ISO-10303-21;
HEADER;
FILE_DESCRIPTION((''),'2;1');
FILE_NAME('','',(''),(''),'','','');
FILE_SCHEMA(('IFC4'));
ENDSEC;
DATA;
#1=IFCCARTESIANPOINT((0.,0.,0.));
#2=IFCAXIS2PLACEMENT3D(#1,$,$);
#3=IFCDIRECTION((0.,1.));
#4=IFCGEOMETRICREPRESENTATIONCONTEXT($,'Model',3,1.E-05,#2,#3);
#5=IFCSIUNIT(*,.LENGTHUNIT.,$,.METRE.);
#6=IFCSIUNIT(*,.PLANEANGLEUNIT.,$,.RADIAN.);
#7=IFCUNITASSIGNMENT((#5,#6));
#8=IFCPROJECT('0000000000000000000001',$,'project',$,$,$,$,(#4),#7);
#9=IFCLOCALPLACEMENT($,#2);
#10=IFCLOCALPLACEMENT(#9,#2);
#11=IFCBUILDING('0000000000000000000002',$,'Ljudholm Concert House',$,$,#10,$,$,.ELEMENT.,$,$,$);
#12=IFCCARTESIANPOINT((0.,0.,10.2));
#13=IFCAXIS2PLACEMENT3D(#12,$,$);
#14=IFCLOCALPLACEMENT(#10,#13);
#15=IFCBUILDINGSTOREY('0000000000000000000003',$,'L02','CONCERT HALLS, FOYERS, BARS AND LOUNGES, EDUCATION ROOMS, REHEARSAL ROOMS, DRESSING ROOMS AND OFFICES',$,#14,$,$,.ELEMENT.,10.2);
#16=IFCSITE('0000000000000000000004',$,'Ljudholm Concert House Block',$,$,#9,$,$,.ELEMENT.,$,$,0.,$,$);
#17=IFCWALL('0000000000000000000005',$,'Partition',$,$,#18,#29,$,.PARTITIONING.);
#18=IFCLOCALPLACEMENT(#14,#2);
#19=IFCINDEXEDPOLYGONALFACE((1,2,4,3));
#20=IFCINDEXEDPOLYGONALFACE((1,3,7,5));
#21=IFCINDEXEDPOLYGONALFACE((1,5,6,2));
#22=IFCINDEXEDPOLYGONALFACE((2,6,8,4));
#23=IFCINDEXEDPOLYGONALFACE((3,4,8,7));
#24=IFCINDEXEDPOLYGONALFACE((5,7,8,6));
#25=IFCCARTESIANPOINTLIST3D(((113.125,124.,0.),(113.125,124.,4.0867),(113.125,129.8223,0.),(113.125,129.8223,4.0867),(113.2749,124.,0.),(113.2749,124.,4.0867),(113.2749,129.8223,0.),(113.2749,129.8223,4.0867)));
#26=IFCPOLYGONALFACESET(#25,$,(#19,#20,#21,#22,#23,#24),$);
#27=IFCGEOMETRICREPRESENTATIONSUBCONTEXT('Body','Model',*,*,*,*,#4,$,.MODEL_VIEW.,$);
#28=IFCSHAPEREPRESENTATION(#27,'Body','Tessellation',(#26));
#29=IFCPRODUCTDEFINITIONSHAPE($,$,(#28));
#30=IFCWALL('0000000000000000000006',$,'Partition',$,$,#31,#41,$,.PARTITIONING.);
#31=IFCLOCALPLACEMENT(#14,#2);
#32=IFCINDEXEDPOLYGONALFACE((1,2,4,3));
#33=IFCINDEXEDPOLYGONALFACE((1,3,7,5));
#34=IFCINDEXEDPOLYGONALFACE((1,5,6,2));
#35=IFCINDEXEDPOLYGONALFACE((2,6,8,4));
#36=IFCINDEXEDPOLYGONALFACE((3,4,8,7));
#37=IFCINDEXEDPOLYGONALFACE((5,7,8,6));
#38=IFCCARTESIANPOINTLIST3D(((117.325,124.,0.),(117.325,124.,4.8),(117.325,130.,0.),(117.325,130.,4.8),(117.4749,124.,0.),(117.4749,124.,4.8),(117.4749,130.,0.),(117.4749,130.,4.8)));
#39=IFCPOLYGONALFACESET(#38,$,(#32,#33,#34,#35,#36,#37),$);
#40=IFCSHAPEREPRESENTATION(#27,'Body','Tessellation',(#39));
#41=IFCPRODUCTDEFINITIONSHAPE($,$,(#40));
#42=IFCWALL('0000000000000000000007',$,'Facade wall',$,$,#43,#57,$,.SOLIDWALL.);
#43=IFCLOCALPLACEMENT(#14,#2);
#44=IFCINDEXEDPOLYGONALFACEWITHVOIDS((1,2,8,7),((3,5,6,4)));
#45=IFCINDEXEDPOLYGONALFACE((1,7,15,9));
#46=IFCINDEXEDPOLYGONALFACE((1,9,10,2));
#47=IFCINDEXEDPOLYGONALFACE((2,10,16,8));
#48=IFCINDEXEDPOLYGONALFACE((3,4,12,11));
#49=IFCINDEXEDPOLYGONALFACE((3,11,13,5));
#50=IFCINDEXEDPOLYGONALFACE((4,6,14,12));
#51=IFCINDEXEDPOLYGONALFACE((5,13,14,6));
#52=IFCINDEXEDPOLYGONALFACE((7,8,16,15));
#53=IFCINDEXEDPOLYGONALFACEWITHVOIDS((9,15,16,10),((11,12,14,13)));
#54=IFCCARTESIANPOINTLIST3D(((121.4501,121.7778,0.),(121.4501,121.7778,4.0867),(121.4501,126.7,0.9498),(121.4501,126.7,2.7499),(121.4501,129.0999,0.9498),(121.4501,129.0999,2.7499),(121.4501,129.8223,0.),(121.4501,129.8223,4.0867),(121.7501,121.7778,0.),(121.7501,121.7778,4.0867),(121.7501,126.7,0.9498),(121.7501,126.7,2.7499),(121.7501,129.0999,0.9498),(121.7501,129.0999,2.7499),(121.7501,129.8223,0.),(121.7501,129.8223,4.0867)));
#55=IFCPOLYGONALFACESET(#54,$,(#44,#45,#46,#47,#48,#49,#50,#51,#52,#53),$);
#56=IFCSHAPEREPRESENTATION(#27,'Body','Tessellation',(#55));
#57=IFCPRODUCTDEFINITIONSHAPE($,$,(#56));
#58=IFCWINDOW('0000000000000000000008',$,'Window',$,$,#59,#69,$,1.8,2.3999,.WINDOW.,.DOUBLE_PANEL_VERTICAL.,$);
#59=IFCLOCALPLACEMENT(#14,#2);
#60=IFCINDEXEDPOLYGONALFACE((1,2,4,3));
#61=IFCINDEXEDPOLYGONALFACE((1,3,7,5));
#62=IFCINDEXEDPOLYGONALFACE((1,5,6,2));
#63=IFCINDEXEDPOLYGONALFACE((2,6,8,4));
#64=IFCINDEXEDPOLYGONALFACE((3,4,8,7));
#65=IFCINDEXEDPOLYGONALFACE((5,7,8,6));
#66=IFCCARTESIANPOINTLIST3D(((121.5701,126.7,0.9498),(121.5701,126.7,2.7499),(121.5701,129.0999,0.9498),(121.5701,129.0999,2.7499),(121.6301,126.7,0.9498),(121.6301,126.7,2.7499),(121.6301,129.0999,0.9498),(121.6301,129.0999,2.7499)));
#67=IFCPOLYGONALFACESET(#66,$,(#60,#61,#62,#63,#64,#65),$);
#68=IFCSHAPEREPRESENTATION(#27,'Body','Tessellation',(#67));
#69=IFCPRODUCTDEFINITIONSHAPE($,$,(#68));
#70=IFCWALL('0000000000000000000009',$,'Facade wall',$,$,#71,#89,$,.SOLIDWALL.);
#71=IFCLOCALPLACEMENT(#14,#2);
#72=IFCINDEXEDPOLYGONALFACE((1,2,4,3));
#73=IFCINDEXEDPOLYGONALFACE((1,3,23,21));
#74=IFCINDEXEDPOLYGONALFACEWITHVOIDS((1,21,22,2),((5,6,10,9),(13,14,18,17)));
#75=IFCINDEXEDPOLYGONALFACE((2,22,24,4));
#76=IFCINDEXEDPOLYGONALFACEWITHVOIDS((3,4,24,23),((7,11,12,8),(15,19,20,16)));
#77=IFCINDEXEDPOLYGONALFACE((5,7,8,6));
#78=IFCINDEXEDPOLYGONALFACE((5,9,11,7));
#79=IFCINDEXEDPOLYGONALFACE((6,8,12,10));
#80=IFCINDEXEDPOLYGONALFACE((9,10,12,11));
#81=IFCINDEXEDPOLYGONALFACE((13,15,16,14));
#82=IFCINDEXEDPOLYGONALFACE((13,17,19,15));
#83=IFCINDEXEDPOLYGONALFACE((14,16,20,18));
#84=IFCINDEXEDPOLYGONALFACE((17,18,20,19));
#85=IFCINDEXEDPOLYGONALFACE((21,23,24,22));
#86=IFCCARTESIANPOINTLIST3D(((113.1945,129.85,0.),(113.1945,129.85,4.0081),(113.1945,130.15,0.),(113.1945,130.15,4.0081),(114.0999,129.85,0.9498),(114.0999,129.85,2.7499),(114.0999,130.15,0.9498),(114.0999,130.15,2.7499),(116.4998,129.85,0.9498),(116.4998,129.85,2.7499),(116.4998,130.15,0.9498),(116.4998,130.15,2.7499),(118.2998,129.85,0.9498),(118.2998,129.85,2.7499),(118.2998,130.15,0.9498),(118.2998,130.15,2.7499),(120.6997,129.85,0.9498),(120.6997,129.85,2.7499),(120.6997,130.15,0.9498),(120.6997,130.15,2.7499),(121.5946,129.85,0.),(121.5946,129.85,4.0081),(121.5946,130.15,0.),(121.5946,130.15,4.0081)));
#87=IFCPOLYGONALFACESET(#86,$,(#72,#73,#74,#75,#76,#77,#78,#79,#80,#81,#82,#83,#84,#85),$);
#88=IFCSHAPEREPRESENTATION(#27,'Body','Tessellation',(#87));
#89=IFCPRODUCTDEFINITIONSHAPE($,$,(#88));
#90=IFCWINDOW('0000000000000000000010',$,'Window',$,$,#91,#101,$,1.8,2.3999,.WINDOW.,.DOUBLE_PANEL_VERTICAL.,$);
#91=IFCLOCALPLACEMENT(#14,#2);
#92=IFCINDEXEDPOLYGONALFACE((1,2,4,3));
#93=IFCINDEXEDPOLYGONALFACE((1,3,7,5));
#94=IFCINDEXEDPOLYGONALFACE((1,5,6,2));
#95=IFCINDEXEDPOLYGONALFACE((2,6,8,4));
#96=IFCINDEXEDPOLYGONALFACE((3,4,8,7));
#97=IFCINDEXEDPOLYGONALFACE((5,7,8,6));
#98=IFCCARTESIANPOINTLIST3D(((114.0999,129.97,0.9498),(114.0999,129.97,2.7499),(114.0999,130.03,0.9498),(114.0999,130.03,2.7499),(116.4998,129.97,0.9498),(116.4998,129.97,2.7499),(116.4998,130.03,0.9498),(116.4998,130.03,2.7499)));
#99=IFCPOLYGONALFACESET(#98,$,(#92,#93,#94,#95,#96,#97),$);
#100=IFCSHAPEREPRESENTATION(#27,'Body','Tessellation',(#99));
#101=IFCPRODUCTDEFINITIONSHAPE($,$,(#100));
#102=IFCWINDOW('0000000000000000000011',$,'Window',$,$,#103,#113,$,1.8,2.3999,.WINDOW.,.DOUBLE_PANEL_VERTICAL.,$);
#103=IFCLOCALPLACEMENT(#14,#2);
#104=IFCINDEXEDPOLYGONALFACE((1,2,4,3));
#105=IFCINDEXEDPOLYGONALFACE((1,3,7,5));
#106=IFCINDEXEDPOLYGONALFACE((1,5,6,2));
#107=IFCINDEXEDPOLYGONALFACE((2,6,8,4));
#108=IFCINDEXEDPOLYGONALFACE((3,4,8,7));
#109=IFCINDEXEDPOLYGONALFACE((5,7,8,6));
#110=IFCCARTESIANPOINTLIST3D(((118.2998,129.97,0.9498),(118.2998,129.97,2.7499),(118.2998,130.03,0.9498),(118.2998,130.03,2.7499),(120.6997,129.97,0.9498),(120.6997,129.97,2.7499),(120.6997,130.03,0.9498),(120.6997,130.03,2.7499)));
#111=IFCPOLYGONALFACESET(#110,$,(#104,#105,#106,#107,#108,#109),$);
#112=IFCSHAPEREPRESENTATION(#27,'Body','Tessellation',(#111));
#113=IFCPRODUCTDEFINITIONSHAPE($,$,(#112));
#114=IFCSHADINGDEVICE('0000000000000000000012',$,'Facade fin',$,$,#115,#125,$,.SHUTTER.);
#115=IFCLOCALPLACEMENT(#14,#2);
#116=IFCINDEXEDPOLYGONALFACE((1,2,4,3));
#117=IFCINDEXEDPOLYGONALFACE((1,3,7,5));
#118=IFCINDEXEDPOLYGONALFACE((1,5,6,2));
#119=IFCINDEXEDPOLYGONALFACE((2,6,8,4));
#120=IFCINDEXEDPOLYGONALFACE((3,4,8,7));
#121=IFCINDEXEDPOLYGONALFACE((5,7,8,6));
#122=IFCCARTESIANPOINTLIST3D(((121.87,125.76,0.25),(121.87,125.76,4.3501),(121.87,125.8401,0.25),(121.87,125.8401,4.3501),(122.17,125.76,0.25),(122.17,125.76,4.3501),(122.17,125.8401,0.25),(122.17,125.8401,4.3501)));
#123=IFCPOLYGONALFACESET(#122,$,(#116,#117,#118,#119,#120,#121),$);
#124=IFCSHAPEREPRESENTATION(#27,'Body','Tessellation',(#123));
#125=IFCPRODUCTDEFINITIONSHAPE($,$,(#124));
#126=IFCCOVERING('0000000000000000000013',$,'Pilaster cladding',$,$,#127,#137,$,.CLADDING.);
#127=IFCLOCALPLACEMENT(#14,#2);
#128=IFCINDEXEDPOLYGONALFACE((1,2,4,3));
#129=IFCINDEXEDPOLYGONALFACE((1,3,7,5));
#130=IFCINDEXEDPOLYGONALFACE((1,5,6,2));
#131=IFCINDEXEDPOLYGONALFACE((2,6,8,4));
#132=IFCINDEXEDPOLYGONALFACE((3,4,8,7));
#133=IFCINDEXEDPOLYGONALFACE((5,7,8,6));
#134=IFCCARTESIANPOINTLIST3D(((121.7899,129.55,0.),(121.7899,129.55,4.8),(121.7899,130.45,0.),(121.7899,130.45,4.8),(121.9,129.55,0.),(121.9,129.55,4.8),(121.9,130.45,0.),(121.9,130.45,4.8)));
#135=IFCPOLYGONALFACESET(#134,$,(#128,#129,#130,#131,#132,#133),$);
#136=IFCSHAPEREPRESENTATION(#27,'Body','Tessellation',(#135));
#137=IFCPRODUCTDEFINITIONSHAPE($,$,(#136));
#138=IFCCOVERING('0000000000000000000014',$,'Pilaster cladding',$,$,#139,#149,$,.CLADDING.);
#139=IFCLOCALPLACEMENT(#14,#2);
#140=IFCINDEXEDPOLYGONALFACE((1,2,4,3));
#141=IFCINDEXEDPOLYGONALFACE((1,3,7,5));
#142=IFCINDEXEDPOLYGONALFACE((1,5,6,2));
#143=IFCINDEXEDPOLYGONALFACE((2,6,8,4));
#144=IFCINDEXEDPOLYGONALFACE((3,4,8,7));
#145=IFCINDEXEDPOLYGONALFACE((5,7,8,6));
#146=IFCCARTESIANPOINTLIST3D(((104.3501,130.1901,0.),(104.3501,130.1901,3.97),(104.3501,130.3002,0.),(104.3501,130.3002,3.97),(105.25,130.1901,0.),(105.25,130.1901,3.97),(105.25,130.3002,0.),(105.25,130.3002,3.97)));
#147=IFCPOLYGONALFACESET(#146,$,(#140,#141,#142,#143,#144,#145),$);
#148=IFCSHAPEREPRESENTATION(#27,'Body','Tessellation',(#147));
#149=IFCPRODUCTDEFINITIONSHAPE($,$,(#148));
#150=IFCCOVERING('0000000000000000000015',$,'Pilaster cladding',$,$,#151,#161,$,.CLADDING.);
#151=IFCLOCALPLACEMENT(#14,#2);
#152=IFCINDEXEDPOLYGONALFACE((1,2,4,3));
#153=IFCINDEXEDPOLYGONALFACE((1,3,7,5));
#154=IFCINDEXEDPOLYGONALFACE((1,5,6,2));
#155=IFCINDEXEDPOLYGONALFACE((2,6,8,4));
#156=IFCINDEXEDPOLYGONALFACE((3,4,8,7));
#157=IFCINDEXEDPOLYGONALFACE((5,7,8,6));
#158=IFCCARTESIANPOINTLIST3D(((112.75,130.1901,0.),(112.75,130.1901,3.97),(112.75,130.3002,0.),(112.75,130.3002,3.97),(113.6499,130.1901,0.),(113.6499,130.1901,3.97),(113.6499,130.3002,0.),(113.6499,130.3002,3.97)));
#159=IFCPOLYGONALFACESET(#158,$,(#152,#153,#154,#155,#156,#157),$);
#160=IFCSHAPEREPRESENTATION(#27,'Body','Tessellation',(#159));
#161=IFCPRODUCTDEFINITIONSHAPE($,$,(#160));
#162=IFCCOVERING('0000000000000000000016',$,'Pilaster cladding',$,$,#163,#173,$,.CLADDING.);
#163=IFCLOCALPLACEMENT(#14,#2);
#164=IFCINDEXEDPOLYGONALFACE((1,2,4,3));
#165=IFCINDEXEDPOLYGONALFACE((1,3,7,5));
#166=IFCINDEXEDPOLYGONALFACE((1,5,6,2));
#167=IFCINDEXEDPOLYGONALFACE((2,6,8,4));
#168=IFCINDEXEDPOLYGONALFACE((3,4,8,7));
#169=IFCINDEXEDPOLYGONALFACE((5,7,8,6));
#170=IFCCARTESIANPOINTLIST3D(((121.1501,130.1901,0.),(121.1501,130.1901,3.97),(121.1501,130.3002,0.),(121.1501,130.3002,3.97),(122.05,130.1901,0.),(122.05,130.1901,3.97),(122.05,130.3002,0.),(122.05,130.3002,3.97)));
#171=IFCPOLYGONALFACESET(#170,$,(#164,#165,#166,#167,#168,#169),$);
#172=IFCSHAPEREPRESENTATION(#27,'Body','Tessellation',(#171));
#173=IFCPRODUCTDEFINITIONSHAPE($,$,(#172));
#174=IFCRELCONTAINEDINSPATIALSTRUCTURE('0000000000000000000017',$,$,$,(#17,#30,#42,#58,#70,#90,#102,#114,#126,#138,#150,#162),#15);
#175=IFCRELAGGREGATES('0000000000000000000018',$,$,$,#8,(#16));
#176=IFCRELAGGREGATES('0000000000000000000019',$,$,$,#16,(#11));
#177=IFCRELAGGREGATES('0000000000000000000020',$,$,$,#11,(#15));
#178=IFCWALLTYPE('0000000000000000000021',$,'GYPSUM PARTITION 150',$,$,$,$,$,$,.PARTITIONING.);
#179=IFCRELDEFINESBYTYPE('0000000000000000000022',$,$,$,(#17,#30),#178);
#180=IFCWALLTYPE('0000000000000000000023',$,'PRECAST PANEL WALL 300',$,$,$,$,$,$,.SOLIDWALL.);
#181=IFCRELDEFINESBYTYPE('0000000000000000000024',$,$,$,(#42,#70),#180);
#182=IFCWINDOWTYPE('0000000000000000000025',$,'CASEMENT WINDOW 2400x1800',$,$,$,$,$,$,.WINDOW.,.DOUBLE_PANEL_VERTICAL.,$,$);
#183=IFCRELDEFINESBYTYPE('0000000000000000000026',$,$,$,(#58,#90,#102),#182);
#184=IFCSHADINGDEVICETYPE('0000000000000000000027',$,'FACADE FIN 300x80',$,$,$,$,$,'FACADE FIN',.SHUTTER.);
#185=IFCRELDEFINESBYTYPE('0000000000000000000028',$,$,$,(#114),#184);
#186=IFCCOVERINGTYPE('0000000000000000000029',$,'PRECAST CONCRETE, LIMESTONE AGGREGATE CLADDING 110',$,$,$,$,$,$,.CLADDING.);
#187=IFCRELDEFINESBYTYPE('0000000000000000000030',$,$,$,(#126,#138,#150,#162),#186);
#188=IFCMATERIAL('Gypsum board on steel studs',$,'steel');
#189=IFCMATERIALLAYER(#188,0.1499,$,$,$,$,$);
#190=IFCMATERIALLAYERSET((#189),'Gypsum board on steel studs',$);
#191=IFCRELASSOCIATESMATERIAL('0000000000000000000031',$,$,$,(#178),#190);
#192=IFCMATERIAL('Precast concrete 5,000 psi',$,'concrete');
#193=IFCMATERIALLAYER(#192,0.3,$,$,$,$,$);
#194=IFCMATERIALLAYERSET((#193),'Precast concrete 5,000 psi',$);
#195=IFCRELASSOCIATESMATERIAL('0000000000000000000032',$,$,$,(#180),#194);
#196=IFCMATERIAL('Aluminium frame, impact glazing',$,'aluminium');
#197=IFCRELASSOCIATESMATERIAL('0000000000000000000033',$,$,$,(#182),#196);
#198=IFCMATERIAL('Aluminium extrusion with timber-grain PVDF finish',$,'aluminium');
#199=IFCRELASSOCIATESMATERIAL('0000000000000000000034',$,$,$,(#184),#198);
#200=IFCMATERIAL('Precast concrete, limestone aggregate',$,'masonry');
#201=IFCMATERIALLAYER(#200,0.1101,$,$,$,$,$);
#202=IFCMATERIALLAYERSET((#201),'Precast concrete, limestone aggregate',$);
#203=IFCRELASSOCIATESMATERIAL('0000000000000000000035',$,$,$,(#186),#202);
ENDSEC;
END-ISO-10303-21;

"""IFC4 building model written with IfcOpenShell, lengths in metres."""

from ifc_helpers import new_model, si_unit, direction, frame, frame_2d, origin, origin_2d, place, context, subcontext, project, spatial, rectangle, extrude, material, layer, layer_set, type_object, element, fill, save


model = new_model("IFC4")

# Units and contexts
model_context = context("Model", 3, precision=1e-05, world=origin(), true_north=direction((0.0, 1.0)))
body_context = subcontext(model_context, "Body", "Model", "MODEL_VIEW")
ifc_project = project(units=[si_unit("LENGTHUNIT", "METRE"), si_unit("PLANEANGLEUNIT", "RADIAN")], contexts=[model_context])

# Site, building, storey
site_placement = place(None, origin())
site = spatial("IfcSite", under=ifc_project, at=site_placement, Name="Ljudholm Concert House Block", CompositionType="ELEMENT", RefElevation=0.0)
building_placement = place(site_placement, origin())
building = spatial("IfcBuilding", under=site, at=building_placement, Name="Ljudholm Concert House", CompositionType="ELEMENT")
storey_placement = place(building_placement, frame((0.0, 0.0, 10.2)))
storey = spatial("IfcBuildingStorey", under=building, at=storey_placement, Name="L02", Description="CONCERT HALLS, FOYERS, BARS AND LOUNGES, EDUCATION ROOMS, REHEARSAL ROOMS, DRESSING ROOMS AND OFFICES", CompositionType="ELEMENT", Elevation=10.2)

# Walls
ifc_material_1 = material(Name="Gypsum board on steel studs", Category="steel")
ifc_layer_1 = layer(ifc_material_1, 0.1499)
ifc_layer_set_1 = layer_set([ifc_layer_1], Name="Gypsum board on steel studs")
wall_type_1 = type_object("IfcWallType", Name="GYPSUM PARTITION 150", PredefinedType="PARTITIONING", material=ifc_layer_set_1)
wall_1_placement = place(storey_placement, frame((113.2, 124.0, 0.0), z_axis=(0.0, 0.0, 1.0), x_axis=(0.0, 1.0, 0.0)))
element("IfcWall", 1, at=wall_1_placement, inside=storey, type_object=wall_type_1, Name="Partition", PredefinedType="PARTITIONING", context=body_context, shape_type="SweptSolid", body=[
    extrude(rectangle(XDim=5.8223, YDim=0.1499, at=frame_2d((2.9111, 0.0))), origin(), (0.0, 0.0, 1.0), 4.0867),
])
wall_2_placement = place(storey_placement, frame((117.3999, 124.0, 0.0), z_axis=(0.0, 0.0, 1.0), x_axis=(0.0, 1.0, 0.0)))
element("IfcWall", 2, at=wall_2_placement, inside=storey, type_object=wall_type_1, Name="Partition", PredefinedType="PARTITIONING", context=body_context, shape_type="SweptSolid", body=[
    extrude(rectangle(XDim=6.0, YDim=0.1499, at=frame_2d((3.0, 0.0))), origin(), (0.0, 0.0, 1.0), 4.8),
])

# Wall, opening, window
ifc_material_2 = material(Name="Precast concrete 5,000 psi", Category="concrete")
ifc_layer_2 = layer(ifc_material_2, 0.3)
ifc_layer_set_2 = layer_set([ifc_layer_2], Name="Precast concrete 5,000 psi")
wall_type_2 = type_object("IfcWallType", Name="PRECAST PANEL WALL 300", PredefinedType="SOLIDWALL", material=ifc_layer_set_2)
wall_3_placement = place(storey_placement, frame((121.6001, 121.7778, 0.0), z_axis=(0.0, 0.0, 1.0), x_axis=(0.0, 1.0, 0.0)))
wall_3 = element("IfcWall", 3, at=wall_3_placement, inside=storey, type_object=wall_type_2, Name="Facade wall", PredefinedType="SOLIDWALL", context=body_context, shape_type="SweptSolid", body=[
    extrude(rectangle(XDim=8.0444, YDim=0.3, at=frame_2d((4.0222, 0.0))), origin(), (0.0, 0.0, 1.0), 4.0867),
])
opening_1_placement = place(wall_3_placement, frame((4.9221, 0.0, 0.95)))
opening_1 = element("IfcOpeningElement", 4, at=opening_1_placement, cuts=wall_3, PredefinedType="OPENING", context=body_context, shape_type="SweptSolid", body=[
    extrude(rectangle(XDim=2.3999, YDim=1.8, at=frame_2d((1.2, 0.8999))), frame((0.0, 0.1599, 0.0), z_axis=(0.0, -1.0, 0.0), x_axis=(1.0, 0.0, 0.0)), (0.0, 0.0, 1.0), 0.3201),
])
ifc_material_3 = material(Name="Aluminium frame, impact glazing", Category="aluminium")
window_type = type_object("IfcWindowType", Name="CASEMENT WINDOW 2400x1800", PartitioningType="DOUBLE_PANEL_VERTICAL", PredefinedType="WINDOW", material=ifc_material_3)
window_1_placement = place(opening_1_placement, origin())
window_1 = element("IfcWindow", 5, at=window_1_placement, inside=storey, type_object=window_type, Name="Window", OverallHeight=1.8, OverallWidth=2.3999, PartitioningType="DOUBLE_PANEL_VERTICAL", PredefinedType="WINDOW", context=body_context, shape_type="SweptSolid", body=[
    extrude(rectangle(XDim=2.3999, YDim=1.8, at=frame_2d((1.2, 0.8999))), frame((0.0, 0.03, 0.0), z_axis=(0.0, -1.0, 0.0), x_axis=(1.0, 0.0, 0.0)), (0.0, 0.0, 1.0), 0.0601),
])
fill(opening_1, window_1)

# Wall, openings, windows
wall_4_placement = place(storey_placement, frame((113.1943, 130.0, 0.0), z_axis=(0.0, 0.0, 1.0), x_axis=(1.0, 0.0, 0.0)))
wall_4 = element("IfcWall", 6, at=wall_4_placement, inside=storey, type_object=wall_type_2, Name="Facade wall", PredefinedType="SOLIDWALL", context=body_context, shape_type="SweptSolid", body=[
    extrude(rectangle(XDim=8.4001, YDim=0.3, at=frame_2d((4.2002, 0.0))), origin(), (0.0, 0.0, 1.0), 4.0081),
])
opening_2_placement = place(wall_4_placement, frame((0.9055, 0.0, 0.95)))
opening_2 = element("IfcOpeningElement", 7, at=opening_2_placement, cuts=wall_4, PredefinedType="OPENING", context=body_context, shape_type="SweptSolid", body=[
    extrude(rectangle(XDim=2.3999, YDim=1.8, at=frame_2d((1.2, 0.8999))), frame((0.0, 0.1599, 0.0), z_axis=(0.0, -1.0, 0.0), x_axis=(1.0, 0.0, 0.0)), (0.0, 0.0, 1.0), 0.3201),
])
opening_3_placement = place(wall_4_placement, frame((5.1055, 0.0, 0.95)))
opening_3 = element("IfcOpeningElement", 8, at=opening_3_placement, cuts=wall_4, PredefinedType="OPENING", context=body_context, shape_type="SweptSolid", body=[
    extrude(rectangle(XDim=2.3999, YDim=1.8, at=frame_2d((1.2, 0.8999))), frame((0.0, 0.1599, 0.0), z_axis=(0.0, -1.0, 0.0), x_axis=(1.0, 0.0, 0.0)), (0.0, 0.0, 1.0), 0.3201),
])
window_2_placement = place(opening_2_placement, origin())
window_2 = element("IfcWindow", 9, at=window_2_placement, inside=storey, type_object=window_type, Name="Window", OverallHeight=1.8, OverallWidth=2.3999, PartitioningType="DOUBLE_PANEL_VERTICAL", PredefinedType="WINDOW", context=body_context, shape_type="SweptSolid", body=[
    extrude(rectangle(XDim=2.3999, YDim=1.8, at=frame_2d((1.2, 0.8999))), frame((0.0, 0.03, 0.0), z_axis=(0.0, -1.0, 0.0), x_axis=(1.0, 0.0, 0.0)), (0.0, 0.0, 1.0), 0.0601),
])
fill(opening_2, window_2)
window_3_placement = place(opening_3_placement, origin())
window_3 = element("IfcWindow", 10, at=window_3_placement, inside=storey, type_object=window_type, Name="Window", OverallHeight=1.8, OverallWidth=2.3999, PartitioningType="DOUBLE_PANEL_VERTICAL", PredefinedType="WINDOW", context=body_context, shape_type="SweptSolid", body=[
    extrude(rectangle(XDim=2.3999, YDim=1.8, at=frame_2d((1.2, 0.8999))), frame((0.0, 0.03, 0.0), z_axis=(0.0, -1.0, 0.0), x_axis=(1.0, 0.0, 0.0)), (0.0, 0.0, 1.0), 0.0601),
])
fill(opening_3, window_3)

# Shading device
ifc_material_4 = material(Name="Aluminium extrusion with timber-grain PVDF finish", Category="aluminium")
shading_device_type = type_object("IfcShadingDeviceType", Name="FACADE FIN 300x80", ElementType="FACADE FIN", PredefinedType="SHUTTER", material=ifc_material_4)
shading_device_placement = place(storey_placement, frame((122.02, 125.8, 0.25), z_axis=(0.0, 0.0, 1.0), x_axis=(1.0, 0.0, 0.0)))
element("IfcShadingDevice", 11, at=shading_device_placement, inside=storey, type_object=shading_device_type, Name="Facade fin", PredefinedType="SHUTTER", context=body_context, shape_type="SweptSolid", body=[
    extrude(rectangle(XDim=0.3, YDim=0.0801, at=origin_2d()), origin(), (0.0, 0.0, 1.0), 4.1001),
])

# Coverings
ifc_material_5 = material(Name="Precast concrete, limestone aggregate", Category="masonry")
ifc_layer_3 = layer(ifc_material_5, 0.1101)
ifc_layer_set_3 = layer_set([ifc_layer_3], Name="Precast concrete, limestone aggregate")
covering_type = type_object("IfcCoveringType", Name="PRECAST CONCRETE, LIMESTONE AGGREGATE CLADDING 110", PredefinedType="CLADDING", material=ifc_layer_set_3)
covering_placement = place(storey_placement, frame((121.845, 130.0, 0.0), z_axis=(0.0, 0.0, 1.0), x_axis=(1.0, 0.0, 0.0)))
element("IfcCovering", 12, at=covering_placement, inside=storey, type_object=covering_type, Name="Pilaster cladding", PredefinedType="CLADDING", context=body_context, shape_type="SweptSolid", body=[
    extrude(rectangle(XDim=0.1101, YDim=0.8999, at=origin_2d()), origin(), (0.0, 0.0, 1.0), 4.8),
])
for number, where, z_axis, x_axis, name in (
    (13, (104.8, 130.2451, 0.0), (0.0, 0.0, 1.0), (0.0, 1.0, 0.0), "Pilaster cladding"),
    (14, (113.2, 130.2451, 0.0), (0.0, 0.0, 1.0), (0.0, 1.0, 0.0), "Pilaster cladding"),
    (15, (121.6001, 130.2451, 0.0), (0.0, 0.0, 1.0), (0.0, 1.0, 0.0), "Pilaster cladding"),
):
    element("IfcCovering", number, at=place(storey_placement, frame(where, z_axis=z_axis, x_axis=x_axis)), inside=storey, type_object=covering_type, Name=name, PredefinedType="CLADDING", context=body_context, shape_type="SweptSolid", body=[
        extrude(rectangle(XDim=0.1101, YDim=0.8999, at=origin_2d()), origin(), (0.0, 0.0, 1.0), 3.97),
    ])

save(model, "model.ifc")
